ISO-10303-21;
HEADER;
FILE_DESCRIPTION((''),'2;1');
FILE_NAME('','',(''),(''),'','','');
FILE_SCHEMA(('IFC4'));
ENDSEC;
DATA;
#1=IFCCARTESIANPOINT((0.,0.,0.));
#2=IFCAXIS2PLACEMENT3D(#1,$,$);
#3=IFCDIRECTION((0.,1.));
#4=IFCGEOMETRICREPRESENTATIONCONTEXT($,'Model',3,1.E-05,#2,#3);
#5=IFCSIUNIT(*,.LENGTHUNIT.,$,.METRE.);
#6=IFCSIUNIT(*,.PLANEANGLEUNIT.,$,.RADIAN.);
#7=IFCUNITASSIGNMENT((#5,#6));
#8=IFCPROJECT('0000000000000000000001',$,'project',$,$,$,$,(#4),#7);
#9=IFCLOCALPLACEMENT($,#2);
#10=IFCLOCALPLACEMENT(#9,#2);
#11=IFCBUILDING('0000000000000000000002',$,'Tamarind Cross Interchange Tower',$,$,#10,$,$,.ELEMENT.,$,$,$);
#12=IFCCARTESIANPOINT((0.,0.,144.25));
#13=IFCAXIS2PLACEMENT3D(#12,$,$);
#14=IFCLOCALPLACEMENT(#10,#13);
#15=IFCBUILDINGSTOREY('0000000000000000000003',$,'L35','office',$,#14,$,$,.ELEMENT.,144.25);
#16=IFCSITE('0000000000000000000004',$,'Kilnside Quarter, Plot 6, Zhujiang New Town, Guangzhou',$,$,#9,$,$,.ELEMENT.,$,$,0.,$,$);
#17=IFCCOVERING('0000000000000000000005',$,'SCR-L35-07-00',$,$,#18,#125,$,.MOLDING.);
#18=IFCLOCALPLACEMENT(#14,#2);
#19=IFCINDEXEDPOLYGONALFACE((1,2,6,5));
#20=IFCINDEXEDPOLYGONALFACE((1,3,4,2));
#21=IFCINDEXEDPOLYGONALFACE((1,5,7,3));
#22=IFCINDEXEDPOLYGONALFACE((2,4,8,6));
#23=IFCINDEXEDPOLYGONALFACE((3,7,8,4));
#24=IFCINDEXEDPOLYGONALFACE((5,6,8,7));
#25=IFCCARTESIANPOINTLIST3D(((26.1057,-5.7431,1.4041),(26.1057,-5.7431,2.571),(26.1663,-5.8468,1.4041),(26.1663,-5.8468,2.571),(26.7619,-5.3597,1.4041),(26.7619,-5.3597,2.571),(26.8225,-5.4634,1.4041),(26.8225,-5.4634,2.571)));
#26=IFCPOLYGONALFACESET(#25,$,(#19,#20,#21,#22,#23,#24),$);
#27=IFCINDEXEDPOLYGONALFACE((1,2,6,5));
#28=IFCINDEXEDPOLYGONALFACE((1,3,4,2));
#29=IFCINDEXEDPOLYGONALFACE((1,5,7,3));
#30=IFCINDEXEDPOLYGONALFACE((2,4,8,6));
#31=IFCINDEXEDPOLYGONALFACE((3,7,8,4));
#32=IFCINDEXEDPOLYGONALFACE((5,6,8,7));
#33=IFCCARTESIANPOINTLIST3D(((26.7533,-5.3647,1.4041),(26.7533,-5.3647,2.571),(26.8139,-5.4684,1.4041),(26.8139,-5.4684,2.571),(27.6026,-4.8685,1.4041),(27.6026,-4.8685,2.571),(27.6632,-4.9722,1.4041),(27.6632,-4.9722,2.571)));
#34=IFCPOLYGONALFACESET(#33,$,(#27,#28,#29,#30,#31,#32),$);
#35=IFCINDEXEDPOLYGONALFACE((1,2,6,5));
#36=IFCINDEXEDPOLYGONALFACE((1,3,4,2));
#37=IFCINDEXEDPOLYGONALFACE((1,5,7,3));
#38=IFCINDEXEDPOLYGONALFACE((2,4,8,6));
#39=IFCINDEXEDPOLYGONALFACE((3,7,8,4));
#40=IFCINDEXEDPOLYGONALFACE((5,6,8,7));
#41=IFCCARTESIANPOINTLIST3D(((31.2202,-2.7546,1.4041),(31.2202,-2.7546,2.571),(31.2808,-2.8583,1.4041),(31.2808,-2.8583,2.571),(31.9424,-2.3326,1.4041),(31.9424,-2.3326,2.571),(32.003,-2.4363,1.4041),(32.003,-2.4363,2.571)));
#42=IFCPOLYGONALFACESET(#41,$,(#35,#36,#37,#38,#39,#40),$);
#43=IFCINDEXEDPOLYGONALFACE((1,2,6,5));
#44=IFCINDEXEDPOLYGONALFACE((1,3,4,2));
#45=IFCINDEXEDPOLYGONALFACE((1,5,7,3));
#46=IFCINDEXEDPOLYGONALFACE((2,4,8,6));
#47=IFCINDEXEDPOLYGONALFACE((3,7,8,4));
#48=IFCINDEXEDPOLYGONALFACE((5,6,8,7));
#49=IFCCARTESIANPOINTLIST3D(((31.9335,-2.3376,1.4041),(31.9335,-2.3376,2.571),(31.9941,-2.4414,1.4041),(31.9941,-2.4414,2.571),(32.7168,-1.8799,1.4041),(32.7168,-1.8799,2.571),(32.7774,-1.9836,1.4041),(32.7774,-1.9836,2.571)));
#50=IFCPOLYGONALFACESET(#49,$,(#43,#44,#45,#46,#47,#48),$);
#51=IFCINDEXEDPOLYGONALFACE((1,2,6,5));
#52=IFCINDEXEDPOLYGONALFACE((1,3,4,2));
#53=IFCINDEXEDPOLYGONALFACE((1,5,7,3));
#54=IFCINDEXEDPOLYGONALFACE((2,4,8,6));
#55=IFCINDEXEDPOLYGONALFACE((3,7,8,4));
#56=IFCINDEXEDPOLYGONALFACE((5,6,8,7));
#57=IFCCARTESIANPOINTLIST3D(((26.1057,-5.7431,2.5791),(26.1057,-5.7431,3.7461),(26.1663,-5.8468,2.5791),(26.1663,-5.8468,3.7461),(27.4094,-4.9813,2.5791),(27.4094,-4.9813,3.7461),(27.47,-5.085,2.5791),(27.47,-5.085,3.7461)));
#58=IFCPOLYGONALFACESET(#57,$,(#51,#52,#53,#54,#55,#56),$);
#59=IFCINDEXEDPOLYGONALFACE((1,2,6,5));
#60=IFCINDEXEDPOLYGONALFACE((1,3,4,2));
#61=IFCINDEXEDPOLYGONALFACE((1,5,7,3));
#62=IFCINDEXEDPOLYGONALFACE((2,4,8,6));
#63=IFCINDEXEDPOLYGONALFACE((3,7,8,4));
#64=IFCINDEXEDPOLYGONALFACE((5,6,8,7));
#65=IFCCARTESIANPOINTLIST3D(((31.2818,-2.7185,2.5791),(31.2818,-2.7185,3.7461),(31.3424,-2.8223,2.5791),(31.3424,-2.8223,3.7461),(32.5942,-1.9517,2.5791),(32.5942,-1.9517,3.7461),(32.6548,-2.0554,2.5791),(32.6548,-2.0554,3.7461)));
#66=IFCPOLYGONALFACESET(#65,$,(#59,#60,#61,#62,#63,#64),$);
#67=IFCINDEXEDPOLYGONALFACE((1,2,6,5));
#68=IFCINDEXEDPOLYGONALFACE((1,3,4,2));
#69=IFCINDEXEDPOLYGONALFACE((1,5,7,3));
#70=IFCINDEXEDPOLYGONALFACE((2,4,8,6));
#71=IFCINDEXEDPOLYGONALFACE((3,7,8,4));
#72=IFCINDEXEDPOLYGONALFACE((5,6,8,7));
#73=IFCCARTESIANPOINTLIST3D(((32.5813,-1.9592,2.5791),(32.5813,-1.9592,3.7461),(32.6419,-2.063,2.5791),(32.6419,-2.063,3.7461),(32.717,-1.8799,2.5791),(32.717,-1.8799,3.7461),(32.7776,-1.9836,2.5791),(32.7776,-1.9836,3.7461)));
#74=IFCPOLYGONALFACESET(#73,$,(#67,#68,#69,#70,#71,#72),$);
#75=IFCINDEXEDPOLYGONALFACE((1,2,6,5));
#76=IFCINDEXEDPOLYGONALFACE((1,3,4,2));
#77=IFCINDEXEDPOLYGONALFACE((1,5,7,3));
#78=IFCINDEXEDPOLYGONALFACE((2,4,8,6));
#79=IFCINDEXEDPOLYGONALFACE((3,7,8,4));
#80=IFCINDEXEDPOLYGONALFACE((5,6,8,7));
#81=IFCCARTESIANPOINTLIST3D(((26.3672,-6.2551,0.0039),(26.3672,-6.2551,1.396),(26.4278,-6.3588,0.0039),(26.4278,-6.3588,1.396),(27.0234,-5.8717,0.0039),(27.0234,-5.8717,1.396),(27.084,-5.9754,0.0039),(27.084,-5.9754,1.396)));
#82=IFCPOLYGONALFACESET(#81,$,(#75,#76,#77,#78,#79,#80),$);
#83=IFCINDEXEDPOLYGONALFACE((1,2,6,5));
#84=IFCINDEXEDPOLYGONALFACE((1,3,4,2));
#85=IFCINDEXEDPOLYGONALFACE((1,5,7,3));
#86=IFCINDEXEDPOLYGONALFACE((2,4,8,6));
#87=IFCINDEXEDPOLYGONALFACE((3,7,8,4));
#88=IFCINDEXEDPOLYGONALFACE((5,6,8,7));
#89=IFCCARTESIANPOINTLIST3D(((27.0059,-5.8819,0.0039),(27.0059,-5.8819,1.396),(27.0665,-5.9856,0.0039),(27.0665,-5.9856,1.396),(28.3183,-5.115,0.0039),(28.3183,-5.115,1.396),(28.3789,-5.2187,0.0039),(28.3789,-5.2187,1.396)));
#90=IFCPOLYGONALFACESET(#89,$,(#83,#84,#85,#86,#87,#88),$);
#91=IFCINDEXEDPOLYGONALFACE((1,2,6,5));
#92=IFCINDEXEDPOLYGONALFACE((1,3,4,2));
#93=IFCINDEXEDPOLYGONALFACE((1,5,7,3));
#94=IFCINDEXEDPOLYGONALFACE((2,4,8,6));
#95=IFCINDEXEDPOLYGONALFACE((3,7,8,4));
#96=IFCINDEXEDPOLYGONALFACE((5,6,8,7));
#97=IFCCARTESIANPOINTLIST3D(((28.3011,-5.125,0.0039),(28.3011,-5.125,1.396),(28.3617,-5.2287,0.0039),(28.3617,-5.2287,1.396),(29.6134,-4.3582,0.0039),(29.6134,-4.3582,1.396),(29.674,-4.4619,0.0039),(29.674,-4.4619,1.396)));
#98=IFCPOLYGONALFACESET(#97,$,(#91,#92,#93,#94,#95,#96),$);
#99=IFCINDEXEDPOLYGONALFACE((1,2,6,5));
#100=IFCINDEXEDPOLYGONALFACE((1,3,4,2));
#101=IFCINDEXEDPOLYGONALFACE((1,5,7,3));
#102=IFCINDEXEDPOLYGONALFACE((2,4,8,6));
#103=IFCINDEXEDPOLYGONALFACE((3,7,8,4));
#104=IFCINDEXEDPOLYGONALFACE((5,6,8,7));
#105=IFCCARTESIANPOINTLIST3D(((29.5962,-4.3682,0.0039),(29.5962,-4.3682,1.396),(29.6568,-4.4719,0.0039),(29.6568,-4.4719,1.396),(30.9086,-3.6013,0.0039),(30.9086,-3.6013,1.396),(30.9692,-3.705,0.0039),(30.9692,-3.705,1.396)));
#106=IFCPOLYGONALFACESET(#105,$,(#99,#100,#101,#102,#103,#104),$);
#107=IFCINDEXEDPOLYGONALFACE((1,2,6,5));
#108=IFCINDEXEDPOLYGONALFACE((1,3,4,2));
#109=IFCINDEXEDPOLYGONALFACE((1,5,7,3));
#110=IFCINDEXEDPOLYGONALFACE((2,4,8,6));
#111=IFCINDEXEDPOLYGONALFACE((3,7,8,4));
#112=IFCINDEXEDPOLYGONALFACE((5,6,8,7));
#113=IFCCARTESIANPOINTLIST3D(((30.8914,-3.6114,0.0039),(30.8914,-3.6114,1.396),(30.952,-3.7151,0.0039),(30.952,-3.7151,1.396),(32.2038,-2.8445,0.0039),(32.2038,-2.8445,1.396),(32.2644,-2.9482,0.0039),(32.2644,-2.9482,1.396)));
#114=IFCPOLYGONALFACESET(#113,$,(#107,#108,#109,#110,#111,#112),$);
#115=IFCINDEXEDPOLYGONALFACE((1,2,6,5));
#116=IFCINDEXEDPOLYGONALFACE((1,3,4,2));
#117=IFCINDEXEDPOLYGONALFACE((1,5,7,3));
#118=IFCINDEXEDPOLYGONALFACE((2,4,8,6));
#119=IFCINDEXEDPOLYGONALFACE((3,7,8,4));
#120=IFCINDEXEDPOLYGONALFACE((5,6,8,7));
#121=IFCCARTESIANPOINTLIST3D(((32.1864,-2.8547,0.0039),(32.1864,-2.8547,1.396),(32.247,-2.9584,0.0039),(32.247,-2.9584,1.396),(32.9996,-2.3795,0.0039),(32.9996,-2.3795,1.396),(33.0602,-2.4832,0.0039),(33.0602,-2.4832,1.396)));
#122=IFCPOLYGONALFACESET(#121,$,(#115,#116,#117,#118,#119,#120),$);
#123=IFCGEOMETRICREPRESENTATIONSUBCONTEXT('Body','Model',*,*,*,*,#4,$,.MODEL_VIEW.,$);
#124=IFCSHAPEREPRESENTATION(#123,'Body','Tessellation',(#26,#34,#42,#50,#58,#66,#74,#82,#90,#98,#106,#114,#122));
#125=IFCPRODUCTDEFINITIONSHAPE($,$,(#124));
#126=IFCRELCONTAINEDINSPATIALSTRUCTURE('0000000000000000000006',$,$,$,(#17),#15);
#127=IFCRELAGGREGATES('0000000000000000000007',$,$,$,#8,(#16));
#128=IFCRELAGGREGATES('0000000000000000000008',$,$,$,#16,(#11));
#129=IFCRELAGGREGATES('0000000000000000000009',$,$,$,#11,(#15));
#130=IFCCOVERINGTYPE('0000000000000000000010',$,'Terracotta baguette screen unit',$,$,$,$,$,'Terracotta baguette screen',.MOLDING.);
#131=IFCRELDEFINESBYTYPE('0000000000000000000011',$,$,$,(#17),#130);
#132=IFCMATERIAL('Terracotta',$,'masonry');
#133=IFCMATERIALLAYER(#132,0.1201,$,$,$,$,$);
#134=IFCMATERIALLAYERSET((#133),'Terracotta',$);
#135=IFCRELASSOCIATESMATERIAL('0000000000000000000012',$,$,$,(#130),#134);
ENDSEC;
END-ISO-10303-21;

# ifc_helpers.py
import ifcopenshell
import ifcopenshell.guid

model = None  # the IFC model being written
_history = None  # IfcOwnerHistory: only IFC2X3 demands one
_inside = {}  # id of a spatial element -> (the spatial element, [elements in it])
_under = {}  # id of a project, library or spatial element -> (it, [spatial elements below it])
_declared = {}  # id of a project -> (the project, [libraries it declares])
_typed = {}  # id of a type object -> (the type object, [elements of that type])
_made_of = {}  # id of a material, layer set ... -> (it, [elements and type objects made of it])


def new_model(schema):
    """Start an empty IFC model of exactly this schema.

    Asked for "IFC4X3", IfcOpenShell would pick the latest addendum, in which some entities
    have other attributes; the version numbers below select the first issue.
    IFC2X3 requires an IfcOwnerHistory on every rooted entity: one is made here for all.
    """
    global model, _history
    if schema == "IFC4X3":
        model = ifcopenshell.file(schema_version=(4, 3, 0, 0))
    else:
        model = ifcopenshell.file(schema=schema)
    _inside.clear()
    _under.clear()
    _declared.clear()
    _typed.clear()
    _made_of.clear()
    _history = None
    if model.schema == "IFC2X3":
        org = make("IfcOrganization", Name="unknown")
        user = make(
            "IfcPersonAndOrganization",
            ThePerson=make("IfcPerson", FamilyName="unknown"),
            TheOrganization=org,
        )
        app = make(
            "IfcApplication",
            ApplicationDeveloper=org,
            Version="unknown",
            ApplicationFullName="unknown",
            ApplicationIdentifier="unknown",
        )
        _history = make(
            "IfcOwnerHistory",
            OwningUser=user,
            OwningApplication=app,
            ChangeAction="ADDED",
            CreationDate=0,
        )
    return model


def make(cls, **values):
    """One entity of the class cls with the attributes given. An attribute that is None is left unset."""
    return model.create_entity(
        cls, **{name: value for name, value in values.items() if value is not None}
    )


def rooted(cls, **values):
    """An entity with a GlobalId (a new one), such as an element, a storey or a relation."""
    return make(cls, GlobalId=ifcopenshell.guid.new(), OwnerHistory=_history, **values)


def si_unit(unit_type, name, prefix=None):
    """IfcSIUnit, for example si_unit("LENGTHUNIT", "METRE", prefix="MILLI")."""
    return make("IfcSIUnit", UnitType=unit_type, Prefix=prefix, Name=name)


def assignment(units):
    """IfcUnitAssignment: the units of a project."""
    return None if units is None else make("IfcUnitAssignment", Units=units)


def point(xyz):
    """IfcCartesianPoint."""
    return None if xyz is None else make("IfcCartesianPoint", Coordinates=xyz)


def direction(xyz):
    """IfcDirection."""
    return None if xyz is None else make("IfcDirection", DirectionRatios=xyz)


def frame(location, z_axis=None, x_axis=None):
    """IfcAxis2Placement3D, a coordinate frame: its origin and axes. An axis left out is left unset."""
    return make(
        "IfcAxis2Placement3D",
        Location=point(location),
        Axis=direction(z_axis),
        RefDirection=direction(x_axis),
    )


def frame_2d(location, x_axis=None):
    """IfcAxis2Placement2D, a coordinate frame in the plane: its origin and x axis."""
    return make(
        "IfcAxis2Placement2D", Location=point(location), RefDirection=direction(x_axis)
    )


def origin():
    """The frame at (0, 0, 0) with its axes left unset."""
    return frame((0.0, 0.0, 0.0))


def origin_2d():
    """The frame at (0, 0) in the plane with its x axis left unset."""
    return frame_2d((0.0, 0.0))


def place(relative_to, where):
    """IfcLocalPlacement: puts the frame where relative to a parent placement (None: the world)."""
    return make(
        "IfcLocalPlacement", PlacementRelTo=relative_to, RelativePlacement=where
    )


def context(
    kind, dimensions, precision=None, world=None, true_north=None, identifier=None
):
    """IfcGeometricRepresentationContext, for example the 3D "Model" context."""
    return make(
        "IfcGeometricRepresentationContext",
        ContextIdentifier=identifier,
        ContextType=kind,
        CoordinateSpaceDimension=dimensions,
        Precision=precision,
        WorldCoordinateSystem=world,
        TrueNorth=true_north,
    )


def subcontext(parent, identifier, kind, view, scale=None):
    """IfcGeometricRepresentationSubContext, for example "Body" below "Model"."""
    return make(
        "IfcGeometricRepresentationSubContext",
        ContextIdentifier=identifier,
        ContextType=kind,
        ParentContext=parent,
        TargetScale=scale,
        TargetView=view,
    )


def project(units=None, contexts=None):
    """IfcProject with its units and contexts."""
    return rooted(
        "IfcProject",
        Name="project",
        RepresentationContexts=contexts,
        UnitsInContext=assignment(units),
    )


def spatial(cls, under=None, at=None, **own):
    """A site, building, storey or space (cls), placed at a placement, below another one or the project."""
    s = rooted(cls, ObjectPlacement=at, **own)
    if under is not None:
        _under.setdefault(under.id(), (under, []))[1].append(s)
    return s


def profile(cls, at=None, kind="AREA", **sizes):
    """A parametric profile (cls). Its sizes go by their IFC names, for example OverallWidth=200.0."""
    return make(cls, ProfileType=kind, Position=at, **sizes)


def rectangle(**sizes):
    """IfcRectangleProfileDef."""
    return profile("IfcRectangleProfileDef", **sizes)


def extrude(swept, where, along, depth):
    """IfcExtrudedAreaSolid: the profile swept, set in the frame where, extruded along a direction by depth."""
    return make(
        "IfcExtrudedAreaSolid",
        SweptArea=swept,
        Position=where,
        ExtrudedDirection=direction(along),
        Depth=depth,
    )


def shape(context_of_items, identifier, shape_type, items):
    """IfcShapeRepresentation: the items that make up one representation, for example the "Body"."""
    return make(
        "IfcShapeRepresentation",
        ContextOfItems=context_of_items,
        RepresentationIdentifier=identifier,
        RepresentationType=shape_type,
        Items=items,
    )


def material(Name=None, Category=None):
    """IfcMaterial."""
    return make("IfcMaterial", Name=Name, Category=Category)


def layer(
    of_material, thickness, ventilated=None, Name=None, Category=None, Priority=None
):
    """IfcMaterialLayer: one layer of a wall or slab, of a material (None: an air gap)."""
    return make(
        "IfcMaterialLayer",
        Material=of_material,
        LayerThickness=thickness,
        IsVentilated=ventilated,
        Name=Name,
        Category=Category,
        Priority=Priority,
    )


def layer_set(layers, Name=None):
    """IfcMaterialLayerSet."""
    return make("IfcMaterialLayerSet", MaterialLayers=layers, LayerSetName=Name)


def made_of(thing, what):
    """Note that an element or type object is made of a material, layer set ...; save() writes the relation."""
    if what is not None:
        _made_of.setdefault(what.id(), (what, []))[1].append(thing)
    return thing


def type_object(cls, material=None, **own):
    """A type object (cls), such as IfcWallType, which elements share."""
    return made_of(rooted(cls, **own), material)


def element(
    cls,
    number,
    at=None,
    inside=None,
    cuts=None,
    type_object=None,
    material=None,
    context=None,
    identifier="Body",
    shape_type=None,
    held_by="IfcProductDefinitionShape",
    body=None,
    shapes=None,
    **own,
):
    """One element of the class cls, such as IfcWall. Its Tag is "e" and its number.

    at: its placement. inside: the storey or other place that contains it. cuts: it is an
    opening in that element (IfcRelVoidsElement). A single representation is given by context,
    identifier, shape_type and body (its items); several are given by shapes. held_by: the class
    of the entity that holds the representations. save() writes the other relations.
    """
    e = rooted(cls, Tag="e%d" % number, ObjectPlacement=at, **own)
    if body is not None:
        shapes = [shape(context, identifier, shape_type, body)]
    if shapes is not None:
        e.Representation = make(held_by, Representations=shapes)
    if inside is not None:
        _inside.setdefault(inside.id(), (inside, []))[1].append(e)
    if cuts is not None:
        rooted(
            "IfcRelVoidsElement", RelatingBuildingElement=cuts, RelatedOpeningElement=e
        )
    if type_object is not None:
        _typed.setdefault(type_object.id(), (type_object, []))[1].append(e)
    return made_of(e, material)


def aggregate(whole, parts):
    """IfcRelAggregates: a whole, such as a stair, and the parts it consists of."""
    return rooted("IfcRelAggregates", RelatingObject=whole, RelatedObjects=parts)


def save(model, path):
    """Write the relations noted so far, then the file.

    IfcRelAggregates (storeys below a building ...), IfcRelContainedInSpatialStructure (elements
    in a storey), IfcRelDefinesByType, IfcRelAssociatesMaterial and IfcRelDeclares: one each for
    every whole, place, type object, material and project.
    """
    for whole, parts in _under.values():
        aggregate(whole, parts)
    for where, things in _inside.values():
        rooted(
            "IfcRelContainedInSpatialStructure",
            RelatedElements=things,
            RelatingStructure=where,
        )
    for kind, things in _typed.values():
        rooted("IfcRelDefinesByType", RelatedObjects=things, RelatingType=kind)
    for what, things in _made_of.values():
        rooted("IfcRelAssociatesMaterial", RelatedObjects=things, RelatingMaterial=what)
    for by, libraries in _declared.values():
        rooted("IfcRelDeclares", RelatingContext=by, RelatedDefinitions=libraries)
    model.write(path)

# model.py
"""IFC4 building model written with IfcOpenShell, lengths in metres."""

from ifc_helpers import new_model, si_unit, direction, frame, origin, origin_2d, place, context, subcontext, project, spatial, rectangle, extrude, material, layer, layer_set, type_object, element, save


model = new_model("IFC4")

# Units and contexts
model_context = context("Model", 3, precision=1e-05, world=origin(), true_north=direction((0.0, 1.0)))
body_context = subcontext(model_context, "Body", "Model", "MODEL_VIEW")
ifc_project = project(units=[si_unit("LENGTHUNIT", "METRE"), si_unit("PLANEANGLEUNIT", "RADIAN")], contexts=[model_context])

# Site, building, storey
site_placement = place(None, origin())
site = spatial("IfcSite", under=ifc_project, at=site_placement, Name="Kilnside Quarter, Plot 6, Zhujiang New Town, Guangzhou", CompositionType="ELEMENT", RefElevation=0.0)
building_placement = place(site_placement, origin())
building = spatial("IfcBuilding", under=site, at=building_placement, Name="Tamarind Cross Interchange Tower", CompositionType="ELEMENT")
storey_placement = place(building_placement, frame((0.0, 0.0, 144.25)))
storey = spatial("IfcBuildingStorey", under=building, at=storey_placement, Name="L35", Description="office", CompositionType="ELEMENT", Elevation=144.25)

# Covering
ifc_material_1 = material(Name="Terracotta", Category="masonry")
ifc_layer_1 = layer(ifc_material_1, 0.1201)
ifc_layer_set_1 = layer_set([ifc_layer_1], Name="Terracotta")
covering_type = type_object("IfcCoveringType", Name="Terracotta baguette screen unit", ElementType="Terracotta baguette screen", PredefinedType="MOLDING", material=ifc_layer_set_1)
covering_1_placement = place(storey_placement, origin())
element("IfcCovering", 1, at=covering_1_placement, inside=storey, type_object=covering_type, Name="SCR-L35-07-00", PredefinedType="MOLDING", context=body_context, shape_type="SweptSolid", body=[
    extrude(rectangle(XDim=0.76, YDim=0.1201, at=origin_2d()), frame((26.4641, -5.6033, 1.4041), z_axis=(0.0, 0.0, 1.0), x_axis=(0.863403, 0.504516, 0.0)), (0.0, 0.0, 1.0), 1.167),
    extrude(rectangle(XDim=0.9836, YDim=0.1201, at=origin_2d()), frame((27.2083, -5.1685, 1.4041), z_axis=(0.0, 0.0, 1.0), x_axis=(0.863403, 0.504516, 0.0)), (0.0, 0.0, 1.0), 1.167),
    extrude(rectangle(XDim=0.8364, YDim=0.1201, at=origin_2d()), frame((31.6116, -2.5955, 1.4041), z_axis=(0.0, 0.0, 1.0), x_axis=(0.863403, 0.504516, 0.0)), (0.0, 0.0, 1.0), 1.167),
    extrude(rectangle(XDim=0.9072, YDim=0.1201, at=origin_2d()), frame((32.3555, -2.1606, 1.4041), z_axis=(0.0, 0.0, 1.0), x_axis=(0.863403, 0.504516, 0.0)), (0.0, 0.0, 1.0), 1.167),
    extrude(rectangle(XDim=1.51, YDim=0.1201, at=origin_2d()), frame((26.7878, -5.4141, 2.5791), z_axis=(0.0, 0.0, 1.0), x_axis=(0.863403, 0.504516, 0.0)), (0.0, 0.0, 1.0), 1.167),
    extrude(rectangle(XDim=1.52, YDim=0.1201, at=origin_2d()), frame((31.9683, -2.387, 2.5791), z_axis=(0.0, 0.0, 1.0), x_axis=(0.863403, 0.504516, 0.0)), (0.0, 0.0, 1.0), 1.167),
    extrude(rectangle(XDim=0.1572, YDim=0.1201, at=origin_2d()), frame((32.6794, -1.9714, 2.5791), z_axis=(0.0, 0.0, 1.0), x_axis=(0.863403, 0.504516, 0.0)), (0.0, 0.0, 1.0), 1.167),
    extrude(rectangle(XDim=0.76, YDim=0.1201, at=origin_2d()), frame((26.7256, -6.1152, 0.0039), z_axis=(0.0, 0.0, 1.0), x_axis=(0.863403, 0.504516, 0.0)), (0.0, 0.0, 1.0), 1.3921),
    extrude(rectangle(XDim=1.52, YDim=0.1201, at=origin_2d()), frame((27.6924, -5.5503, 0.0039), z_axis=(0.0, 0.0, 1.0), x_axis=(0.863403, 0.504516, 0.0)), (0.0, 0.0, 1.0), 1.3921),
    extrude(rectangle(XDim=1.52, YDim=0.1201, at=origin_2d()), frame((28.9875, -4.7935, 0.0039), z_axis=(0.0, 0.0, 1.0), x_axis=(0.863403, 0.504516, 0.0)), (0.0, 0.0, 1.0), 1.3921),
    extrude(rectangle(XDim=1.52, YDim=0.1201, at=origin_2d()), frame((30.2827, -4.0366, 0.0039), z_axis=(0.0, 0.0, 1.0), x_axis=(0.863403, 0.504516, 0.0)), (0.0, 0.0, 1.0), 1.3921),
    extrude(rectangle(XDim=1.52, YDim=0.1201, at=origin_2d()), frame((31.5779, -3.2798, 0.0039), z_axis=(0.0, 0.0, 1.0), x_axis=(0.863403, 0.504516, 0.0)), (0.0, 0.0, 1.0), 1.3921),
    extrude(rectangle(XDim=0.9419, YDim=0.1201, at=origin_2d()), frame((32.6233, -2.6689, 0.0039), z_axis=(0.0, 0.0, 1.0), x_axis=(0.863403, 0.504516, 0.0)), (0.0, 0.0, 1.0), 1.3921),
])

save(model, "model.ifc")
